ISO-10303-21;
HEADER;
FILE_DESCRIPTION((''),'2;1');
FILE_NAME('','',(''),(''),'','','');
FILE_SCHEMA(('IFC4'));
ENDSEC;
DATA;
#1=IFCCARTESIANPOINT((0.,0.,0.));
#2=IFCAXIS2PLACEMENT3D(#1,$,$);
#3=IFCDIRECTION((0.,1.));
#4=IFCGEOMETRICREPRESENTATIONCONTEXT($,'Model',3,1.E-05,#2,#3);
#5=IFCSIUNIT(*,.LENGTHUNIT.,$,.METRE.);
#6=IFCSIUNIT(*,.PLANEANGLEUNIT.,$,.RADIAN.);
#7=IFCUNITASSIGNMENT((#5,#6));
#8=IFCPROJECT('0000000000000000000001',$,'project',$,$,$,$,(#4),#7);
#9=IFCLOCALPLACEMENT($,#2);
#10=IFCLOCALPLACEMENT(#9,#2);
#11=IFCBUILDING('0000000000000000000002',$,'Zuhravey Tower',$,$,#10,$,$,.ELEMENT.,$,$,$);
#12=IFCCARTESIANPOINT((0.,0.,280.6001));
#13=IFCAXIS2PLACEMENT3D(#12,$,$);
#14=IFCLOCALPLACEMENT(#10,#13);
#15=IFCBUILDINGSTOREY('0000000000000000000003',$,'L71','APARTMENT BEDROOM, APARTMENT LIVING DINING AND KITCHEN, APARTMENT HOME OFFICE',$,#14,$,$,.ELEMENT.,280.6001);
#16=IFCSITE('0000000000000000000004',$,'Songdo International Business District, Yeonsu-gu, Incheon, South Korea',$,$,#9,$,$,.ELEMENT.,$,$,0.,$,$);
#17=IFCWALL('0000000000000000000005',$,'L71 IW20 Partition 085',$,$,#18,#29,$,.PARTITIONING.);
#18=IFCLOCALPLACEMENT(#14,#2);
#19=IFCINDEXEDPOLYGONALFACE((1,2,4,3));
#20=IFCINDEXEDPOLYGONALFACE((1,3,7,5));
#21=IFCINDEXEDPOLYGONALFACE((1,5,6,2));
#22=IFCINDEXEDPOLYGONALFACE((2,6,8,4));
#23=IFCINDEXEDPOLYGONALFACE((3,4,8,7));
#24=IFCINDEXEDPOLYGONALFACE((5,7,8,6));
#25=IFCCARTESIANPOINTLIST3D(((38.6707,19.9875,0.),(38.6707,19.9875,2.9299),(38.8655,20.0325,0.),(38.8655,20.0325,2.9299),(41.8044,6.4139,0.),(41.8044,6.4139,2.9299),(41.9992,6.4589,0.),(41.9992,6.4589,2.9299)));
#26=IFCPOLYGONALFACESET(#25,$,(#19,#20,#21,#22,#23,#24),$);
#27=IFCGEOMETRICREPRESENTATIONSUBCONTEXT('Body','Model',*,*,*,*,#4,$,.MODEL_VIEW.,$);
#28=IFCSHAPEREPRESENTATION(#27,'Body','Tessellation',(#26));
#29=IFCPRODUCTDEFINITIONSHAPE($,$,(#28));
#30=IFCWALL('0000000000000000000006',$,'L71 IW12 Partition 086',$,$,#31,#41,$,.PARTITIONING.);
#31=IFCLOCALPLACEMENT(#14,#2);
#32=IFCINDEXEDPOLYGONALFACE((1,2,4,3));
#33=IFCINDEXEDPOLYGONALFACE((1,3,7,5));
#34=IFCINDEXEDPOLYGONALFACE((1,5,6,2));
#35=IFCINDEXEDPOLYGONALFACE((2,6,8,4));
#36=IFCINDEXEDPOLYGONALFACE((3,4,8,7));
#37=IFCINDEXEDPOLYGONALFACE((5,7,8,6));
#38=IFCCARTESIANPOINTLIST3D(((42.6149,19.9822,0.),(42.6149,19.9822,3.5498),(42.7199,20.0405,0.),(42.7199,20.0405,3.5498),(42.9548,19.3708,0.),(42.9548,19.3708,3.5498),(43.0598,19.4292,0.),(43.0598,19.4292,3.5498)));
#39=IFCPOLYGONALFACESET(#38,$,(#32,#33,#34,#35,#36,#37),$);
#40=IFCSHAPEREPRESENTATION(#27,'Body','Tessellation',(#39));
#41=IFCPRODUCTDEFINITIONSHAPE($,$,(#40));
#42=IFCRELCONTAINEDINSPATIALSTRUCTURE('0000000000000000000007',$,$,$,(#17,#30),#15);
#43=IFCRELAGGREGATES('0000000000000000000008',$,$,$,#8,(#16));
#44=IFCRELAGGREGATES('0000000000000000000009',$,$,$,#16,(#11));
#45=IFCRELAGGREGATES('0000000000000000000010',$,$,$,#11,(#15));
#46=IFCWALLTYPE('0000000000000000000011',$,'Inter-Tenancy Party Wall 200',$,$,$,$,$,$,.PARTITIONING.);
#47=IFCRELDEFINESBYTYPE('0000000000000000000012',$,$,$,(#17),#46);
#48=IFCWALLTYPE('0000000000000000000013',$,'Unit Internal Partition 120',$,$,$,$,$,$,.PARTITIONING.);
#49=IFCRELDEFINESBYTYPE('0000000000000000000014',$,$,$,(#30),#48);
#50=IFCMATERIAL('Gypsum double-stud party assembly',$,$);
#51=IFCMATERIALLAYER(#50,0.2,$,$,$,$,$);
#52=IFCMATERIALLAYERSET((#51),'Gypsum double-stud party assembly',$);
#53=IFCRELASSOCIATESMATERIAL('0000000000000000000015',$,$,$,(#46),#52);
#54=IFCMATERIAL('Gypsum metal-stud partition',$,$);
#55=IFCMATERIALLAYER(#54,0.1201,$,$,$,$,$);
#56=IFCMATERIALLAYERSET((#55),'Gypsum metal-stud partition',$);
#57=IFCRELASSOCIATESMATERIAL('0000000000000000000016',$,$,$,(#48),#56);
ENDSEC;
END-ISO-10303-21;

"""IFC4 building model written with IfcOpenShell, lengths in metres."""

from ifc_helpers import new_model, si_unit, direction, frame, frame_2d, origin, place, context, subcontext, project, spatial, rectangle, extrude, material, layer, layer_set, type_object, element, save


model = new_model("IFC4")

# Units and contexts
model_context = context("Model", 3, precision=1e-05, world=origin(), true_north=direction((0.0, 1.0)))
body_context = subcontext(model_context, "Body", "Model", "MODEL_VIEW")
ifc_project = project(units=[si_unit("LENGTHUNIT", "METRE"), si_unit("PLANEANGLEUNIT", "RADIAN")], contexts=[model_context])

# Site, building, storey
site_placement = place(None, origin())
site = spatial("IfcSite", under=ifc_project, at=site_placement, Name="Songdo International Business District, Yeonsu-gu, Incheon, South Korea", CompositionType="ELEMENT", RefElevation=0.0)
building_placement = place(site_placement, origin())
building = spatial("IfcBuilding", under=site, at=building_placement, Name="Zuhravey Tower", CompositionType="ELEMENT")
storey_placement = place(building_placement, frame((0.0, 0.0, 280.6001)))
storey = spatial("IfcBuildingStorey", under=building, at=storey_placement, Name="L71", Description="APARTMENT BEDROOM, APARTMENT LIVING DINING AND KITCHEN, APARTMENT HOME OFFICE", CompositionType="ELEMENT", Elevation=280.6001)

# Walls
ifc_material_1 = material(Name="Gypsum double-stud party assembly")
ifc_layer_1 = layer(ifc_material_1, 0.2)
ifc_layer_set_1 = layer_set([ifc_layer_1], Name="Gypsum double-stud party assembly")
wall_type_1 = type_object("IfcWallType", Name="Inter-Tenancy Party Wall 200", PredefinedType="PARTITIONING", material=ifc_layer_set_1)
wall_1_placement = place(storey_placement, frame((38.7681, 20.01, 0.0), z_axis=(0.0, 0.0, 1.0), x_axis=(0.224954, -0.974369, 0.0)))
element("IfcWall", 1, at=wall_1_placement, inside=storey, type_object=wall_type_1, Name="L71 IW20 Partition 085", PredefinedType="PARTITIONING", context=body_context, shape_type="SweptSolid", body=[
    extrude(rectangle(XDim=13.9307, YDim=0.2, at=frame_2d((6.9653, 0.0))), origin(), (0.0, 0.0, 1.0), 2.9299),
])
ifc_material_2 = material(Name="Gypsum metal-stud partition")
ifc_layer_2 = layer(ifc_material_2, 0.1201)
ifc_layer_set_2 = layer_set([ifc_layer_2], Name="Gypsum metal-stud partition")
wall_type_2 = type_object("IfcWallType", Name="Unit Internal Partition 120", PredefinedType="PARTITIONING", material=ifc_layer_set_2)
wall_2_placement = place(storey_placement, frame((42.6675, 20.0112, 0.0), z_axis=(0.0, 0.0, 1.0), x_axis=(0.48588, -0.874026, 0.0)))
element("IfcWall", 2, at=wall_2_placement, inside=storey, type_object=wall_type_2, Name="L71 IW12 Partition 086", PredefinedType="PARTITIONING", context=body_context, shape_type="SweptSolid", body=[
    extrude(rectangle(XDim=0.6995, YDim=0.1201, at=frame_2d((0.3496, 0.0))), origin(), (0.0, 0.0, 1.0), 3.5498),
])

save(model, "model.ifc")
